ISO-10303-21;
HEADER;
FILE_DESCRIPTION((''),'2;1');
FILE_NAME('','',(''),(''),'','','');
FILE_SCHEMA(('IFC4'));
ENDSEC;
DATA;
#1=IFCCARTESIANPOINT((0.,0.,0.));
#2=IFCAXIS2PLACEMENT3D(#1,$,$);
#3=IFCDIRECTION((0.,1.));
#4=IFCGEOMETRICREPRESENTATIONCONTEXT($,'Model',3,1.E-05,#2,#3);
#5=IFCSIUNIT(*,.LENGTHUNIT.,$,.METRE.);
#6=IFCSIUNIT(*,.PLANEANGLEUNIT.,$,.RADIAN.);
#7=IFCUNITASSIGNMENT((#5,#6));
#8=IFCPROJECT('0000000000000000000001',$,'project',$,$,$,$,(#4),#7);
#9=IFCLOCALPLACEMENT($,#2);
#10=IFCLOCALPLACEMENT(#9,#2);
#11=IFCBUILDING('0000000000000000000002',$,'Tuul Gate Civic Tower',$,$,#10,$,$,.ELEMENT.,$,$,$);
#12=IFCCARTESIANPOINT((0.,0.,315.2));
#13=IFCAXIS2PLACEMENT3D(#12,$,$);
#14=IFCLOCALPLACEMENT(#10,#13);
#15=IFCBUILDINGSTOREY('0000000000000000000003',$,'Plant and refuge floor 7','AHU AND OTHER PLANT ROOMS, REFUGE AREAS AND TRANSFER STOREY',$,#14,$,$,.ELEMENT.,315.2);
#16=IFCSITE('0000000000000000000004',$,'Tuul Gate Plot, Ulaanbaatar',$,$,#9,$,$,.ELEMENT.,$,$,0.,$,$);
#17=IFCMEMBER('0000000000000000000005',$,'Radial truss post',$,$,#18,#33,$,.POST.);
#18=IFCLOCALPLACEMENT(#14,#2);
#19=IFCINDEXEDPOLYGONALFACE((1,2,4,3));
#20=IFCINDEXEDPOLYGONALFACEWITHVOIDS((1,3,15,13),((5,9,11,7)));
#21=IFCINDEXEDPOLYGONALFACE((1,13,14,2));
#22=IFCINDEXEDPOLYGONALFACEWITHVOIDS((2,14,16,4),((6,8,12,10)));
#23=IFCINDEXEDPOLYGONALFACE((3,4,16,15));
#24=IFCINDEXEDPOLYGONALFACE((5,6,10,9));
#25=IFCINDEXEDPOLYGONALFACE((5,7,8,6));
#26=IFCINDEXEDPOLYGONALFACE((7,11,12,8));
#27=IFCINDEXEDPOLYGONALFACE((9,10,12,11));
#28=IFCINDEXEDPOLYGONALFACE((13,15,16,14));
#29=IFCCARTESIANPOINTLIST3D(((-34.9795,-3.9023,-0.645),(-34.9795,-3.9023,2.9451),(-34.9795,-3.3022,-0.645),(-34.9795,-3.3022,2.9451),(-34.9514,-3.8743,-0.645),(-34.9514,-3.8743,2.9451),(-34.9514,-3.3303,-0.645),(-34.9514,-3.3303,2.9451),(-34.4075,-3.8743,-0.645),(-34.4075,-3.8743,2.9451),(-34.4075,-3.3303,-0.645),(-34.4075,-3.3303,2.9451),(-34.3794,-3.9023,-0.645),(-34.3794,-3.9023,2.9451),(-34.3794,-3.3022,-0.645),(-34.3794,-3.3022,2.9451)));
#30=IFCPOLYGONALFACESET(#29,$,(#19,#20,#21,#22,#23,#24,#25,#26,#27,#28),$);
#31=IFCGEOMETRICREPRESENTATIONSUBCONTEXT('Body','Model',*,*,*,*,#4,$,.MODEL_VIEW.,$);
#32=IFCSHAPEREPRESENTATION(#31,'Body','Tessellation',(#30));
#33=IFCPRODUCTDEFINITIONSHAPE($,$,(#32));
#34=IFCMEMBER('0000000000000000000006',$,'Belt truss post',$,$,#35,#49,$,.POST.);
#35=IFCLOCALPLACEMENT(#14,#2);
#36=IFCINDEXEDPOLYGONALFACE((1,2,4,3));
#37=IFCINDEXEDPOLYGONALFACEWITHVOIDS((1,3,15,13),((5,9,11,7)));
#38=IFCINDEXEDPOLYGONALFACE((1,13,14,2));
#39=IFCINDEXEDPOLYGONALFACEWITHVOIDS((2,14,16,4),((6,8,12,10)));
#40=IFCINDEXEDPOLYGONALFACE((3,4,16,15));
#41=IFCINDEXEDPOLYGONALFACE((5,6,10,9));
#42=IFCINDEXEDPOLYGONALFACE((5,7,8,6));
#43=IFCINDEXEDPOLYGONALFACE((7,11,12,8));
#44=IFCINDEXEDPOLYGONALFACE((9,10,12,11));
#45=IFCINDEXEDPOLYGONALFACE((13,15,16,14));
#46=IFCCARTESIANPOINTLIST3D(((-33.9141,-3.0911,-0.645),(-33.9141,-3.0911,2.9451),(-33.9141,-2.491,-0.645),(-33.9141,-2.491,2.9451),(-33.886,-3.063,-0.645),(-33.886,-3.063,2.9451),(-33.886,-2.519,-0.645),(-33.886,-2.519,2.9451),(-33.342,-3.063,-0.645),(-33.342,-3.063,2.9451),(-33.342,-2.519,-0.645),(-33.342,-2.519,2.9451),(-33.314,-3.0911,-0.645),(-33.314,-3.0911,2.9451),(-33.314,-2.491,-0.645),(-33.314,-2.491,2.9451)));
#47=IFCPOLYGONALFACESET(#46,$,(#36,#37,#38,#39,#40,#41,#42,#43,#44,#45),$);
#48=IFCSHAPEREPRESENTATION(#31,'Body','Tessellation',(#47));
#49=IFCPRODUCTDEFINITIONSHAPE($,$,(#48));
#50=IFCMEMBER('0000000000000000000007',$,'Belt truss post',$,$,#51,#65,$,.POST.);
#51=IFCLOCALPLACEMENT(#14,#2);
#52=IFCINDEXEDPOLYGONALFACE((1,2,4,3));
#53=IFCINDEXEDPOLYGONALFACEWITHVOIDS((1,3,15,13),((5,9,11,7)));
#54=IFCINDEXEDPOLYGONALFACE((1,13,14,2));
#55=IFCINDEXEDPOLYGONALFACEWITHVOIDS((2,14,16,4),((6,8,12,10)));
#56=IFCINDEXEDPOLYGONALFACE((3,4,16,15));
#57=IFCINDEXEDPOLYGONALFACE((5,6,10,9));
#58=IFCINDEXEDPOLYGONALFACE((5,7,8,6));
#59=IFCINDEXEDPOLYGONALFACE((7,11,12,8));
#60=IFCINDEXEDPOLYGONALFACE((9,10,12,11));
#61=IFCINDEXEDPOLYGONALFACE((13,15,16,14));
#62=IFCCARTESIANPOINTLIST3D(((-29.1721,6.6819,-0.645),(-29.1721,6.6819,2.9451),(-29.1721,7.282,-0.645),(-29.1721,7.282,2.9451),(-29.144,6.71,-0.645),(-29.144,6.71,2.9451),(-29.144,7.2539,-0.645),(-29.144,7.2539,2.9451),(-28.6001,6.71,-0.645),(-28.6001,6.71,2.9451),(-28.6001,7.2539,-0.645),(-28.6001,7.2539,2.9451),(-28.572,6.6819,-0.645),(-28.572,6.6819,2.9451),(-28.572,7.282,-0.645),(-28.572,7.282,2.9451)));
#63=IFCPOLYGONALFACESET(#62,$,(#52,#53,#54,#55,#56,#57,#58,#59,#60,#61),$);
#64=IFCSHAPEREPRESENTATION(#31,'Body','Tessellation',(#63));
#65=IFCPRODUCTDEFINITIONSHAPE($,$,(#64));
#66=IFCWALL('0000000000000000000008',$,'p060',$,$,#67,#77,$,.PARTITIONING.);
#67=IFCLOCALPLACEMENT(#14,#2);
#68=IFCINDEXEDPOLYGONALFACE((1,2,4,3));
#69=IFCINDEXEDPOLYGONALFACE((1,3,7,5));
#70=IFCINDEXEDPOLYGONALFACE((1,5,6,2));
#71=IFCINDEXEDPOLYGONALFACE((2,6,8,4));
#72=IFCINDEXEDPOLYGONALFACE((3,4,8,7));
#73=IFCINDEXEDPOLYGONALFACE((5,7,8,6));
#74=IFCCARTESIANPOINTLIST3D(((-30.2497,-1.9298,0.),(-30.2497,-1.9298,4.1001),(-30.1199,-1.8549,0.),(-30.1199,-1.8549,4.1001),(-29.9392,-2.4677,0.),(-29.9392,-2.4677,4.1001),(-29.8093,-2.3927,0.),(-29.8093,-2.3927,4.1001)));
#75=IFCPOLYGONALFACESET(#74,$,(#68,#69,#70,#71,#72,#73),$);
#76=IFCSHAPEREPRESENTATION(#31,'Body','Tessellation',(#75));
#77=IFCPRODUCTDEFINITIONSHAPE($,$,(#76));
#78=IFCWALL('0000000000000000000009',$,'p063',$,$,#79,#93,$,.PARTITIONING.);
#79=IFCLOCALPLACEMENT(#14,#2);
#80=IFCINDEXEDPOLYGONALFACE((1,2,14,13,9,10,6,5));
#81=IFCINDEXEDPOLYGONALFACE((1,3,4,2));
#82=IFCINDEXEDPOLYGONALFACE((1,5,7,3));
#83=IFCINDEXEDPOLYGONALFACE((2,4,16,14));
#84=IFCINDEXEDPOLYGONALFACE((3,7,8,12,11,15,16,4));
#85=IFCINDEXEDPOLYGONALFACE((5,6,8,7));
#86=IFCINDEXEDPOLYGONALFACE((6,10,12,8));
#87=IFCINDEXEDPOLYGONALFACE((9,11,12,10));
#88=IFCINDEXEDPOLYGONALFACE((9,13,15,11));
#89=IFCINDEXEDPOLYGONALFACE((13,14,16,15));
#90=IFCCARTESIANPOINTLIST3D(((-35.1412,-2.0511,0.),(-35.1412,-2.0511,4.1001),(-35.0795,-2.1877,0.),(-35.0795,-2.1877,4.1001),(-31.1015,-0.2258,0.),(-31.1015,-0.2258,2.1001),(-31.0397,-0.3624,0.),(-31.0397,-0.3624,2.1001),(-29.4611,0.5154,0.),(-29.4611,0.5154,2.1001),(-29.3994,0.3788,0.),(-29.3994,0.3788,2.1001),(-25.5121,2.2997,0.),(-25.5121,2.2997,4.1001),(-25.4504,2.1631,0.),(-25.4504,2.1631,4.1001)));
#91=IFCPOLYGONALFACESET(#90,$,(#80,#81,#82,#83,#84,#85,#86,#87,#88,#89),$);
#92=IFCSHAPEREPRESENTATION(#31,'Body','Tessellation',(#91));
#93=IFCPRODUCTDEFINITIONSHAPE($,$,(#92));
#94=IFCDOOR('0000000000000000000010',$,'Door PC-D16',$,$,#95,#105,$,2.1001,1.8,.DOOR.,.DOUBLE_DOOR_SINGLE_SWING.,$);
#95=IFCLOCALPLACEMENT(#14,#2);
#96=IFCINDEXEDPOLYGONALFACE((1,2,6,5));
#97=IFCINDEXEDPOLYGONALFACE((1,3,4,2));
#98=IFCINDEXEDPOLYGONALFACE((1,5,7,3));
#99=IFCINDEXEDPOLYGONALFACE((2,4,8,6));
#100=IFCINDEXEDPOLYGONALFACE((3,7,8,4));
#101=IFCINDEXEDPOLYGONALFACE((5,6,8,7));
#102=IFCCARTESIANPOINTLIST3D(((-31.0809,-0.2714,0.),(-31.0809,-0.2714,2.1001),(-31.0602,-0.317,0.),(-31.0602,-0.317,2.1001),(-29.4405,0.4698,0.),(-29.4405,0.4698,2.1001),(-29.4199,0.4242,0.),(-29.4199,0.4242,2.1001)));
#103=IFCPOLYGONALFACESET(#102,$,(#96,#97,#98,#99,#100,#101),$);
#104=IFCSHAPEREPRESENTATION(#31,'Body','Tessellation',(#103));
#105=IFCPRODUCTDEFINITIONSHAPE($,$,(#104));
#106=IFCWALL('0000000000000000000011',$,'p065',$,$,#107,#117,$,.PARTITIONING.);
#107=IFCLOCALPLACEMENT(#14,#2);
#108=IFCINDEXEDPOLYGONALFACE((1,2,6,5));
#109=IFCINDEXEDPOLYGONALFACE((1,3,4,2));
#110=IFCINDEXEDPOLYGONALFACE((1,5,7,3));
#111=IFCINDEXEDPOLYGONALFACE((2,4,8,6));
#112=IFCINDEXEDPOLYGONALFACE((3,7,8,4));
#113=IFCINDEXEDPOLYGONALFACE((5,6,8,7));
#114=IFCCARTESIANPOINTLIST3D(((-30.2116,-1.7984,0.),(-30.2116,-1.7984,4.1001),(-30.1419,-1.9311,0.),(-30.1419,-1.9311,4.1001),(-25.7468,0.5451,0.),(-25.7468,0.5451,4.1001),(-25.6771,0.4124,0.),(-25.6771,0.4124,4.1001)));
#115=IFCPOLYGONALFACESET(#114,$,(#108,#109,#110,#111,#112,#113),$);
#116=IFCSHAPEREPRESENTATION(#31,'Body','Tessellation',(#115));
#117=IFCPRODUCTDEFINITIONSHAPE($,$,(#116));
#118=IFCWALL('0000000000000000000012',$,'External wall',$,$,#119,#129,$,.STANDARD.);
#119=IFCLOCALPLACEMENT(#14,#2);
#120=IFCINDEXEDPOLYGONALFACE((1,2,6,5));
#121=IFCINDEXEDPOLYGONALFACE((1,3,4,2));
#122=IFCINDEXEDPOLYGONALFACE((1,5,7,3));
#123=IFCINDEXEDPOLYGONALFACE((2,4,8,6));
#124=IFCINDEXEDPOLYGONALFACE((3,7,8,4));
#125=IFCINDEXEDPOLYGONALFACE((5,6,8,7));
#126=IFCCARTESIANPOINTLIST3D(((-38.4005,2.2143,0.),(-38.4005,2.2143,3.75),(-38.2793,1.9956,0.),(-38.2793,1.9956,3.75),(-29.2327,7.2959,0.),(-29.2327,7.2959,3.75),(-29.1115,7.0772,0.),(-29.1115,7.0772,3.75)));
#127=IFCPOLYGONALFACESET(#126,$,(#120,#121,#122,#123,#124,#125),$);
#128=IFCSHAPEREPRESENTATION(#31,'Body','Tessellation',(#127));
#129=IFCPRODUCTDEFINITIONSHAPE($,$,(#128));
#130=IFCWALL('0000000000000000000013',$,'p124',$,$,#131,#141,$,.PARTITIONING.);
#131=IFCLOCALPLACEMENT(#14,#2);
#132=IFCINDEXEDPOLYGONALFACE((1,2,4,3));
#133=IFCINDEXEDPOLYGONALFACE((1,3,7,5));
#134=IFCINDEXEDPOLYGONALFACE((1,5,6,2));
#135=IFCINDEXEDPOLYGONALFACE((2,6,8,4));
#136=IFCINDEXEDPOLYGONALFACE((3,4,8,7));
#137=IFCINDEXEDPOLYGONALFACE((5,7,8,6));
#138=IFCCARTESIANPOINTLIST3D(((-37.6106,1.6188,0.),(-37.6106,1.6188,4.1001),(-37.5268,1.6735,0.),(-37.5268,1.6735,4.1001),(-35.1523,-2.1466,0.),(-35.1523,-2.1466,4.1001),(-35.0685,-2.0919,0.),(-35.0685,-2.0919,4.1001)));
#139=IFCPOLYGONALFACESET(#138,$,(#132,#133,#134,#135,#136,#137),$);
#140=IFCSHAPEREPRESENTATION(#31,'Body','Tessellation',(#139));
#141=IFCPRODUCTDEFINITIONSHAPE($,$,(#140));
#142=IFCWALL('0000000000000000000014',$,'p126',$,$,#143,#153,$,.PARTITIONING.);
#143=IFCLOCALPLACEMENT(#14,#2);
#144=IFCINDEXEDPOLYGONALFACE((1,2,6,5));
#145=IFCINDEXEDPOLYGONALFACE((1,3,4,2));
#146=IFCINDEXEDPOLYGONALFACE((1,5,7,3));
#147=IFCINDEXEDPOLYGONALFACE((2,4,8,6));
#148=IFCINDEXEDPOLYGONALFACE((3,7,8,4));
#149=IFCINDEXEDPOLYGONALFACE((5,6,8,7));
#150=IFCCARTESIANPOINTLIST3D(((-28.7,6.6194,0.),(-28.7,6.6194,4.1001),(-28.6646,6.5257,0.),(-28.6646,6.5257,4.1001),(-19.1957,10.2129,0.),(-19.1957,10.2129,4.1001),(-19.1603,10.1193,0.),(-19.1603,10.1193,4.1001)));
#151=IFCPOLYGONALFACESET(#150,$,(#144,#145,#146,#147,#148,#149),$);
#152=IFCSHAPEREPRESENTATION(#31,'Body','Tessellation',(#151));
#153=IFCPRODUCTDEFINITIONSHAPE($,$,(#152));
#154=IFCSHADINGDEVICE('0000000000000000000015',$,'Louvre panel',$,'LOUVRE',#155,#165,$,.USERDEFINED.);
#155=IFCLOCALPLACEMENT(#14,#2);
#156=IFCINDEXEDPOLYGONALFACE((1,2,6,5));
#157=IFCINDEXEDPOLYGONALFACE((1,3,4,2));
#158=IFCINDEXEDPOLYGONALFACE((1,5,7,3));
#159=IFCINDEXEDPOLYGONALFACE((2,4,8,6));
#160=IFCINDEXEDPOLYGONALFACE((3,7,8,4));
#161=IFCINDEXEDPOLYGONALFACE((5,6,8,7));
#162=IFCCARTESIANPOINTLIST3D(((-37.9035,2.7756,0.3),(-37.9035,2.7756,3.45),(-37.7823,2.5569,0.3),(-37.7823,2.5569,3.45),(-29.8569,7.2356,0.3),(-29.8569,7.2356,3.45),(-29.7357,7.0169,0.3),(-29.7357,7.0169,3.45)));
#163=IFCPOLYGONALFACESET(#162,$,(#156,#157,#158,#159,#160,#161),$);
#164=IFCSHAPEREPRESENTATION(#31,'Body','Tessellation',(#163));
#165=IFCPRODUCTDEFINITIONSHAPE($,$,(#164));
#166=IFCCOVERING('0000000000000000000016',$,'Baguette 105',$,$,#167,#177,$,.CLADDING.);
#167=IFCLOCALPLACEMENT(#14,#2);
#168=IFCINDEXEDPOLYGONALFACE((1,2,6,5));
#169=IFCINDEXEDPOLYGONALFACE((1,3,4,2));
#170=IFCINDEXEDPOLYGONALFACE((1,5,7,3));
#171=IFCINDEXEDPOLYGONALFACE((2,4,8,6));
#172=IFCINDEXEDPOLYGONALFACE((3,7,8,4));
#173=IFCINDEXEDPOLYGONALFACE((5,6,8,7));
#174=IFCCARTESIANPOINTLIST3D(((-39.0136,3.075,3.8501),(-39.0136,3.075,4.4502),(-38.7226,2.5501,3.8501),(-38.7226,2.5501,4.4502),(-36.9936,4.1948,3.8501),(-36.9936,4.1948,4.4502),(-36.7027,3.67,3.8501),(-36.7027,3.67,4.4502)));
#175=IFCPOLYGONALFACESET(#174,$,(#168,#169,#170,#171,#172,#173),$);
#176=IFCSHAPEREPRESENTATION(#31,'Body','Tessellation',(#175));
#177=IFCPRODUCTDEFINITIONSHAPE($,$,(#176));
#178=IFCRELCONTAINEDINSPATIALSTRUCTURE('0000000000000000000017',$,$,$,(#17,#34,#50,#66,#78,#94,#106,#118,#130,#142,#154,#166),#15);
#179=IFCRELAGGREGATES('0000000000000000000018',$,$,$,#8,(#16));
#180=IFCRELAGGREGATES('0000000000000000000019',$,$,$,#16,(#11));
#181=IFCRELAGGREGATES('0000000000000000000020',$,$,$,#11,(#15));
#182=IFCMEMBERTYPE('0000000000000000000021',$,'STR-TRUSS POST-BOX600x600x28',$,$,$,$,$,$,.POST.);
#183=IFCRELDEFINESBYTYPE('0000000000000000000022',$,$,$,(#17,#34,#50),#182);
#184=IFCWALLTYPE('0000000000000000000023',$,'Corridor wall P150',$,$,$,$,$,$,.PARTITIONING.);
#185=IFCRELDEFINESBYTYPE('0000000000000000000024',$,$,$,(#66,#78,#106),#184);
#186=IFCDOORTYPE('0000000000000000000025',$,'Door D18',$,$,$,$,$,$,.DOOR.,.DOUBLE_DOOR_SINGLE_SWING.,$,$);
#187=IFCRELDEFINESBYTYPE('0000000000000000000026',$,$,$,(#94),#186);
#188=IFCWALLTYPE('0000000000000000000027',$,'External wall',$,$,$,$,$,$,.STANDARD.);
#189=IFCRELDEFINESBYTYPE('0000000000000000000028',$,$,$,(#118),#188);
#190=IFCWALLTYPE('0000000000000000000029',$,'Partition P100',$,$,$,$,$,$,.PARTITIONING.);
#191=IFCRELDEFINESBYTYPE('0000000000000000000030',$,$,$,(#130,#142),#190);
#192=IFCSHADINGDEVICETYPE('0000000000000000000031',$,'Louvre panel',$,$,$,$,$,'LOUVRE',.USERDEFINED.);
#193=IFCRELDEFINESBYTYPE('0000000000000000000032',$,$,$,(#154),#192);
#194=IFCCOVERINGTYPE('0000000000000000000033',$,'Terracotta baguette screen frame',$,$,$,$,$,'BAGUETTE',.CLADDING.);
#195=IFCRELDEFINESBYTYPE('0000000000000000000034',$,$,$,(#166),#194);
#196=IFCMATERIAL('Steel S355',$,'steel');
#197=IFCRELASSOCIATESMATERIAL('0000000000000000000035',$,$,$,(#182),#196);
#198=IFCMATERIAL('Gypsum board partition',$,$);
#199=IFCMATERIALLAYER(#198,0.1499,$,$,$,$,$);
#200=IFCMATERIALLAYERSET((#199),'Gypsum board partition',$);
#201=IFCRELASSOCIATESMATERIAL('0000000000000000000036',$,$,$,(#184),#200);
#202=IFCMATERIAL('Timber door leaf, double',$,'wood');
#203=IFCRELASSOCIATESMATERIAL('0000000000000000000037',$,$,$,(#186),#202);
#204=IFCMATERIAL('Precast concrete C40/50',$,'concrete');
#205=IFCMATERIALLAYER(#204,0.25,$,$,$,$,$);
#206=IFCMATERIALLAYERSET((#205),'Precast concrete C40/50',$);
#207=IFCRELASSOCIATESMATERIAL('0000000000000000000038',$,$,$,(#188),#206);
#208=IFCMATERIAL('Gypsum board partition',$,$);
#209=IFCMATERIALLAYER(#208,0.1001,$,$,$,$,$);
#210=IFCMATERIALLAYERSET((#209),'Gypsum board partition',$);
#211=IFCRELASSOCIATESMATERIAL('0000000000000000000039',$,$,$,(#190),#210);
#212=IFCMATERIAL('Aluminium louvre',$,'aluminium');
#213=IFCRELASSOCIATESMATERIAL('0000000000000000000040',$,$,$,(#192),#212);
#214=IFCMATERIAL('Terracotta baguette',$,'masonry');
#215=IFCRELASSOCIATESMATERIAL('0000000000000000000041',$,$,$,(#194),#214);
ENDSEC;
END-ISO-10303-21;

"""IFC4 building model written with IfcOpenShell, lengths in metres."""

from ifc_helpers import new_model, si_unit, direction, frame, frame_2d, origin, origin_2d, place, context, subcontext, project, spatial, rectangle, hollow_rectangle, extrude, material, layer, layer_set, material_profile, profile_set, type_object, element, fill, save


model = new_model("IFC4")

# Units and contexts
model_context = context("Model", 3, precision=1e-05, world=origin(), true_north=direction((0.0, 1.0)))
body_context = subcontext(model_context, "Body", "Model", "MODEL_VIEW")
ifc_project = project(units=[si_unit("LENGTHUNIT", "METRE"), si_unit("PLANEANGLEUNIT", "RADIAN")], contexts=[model_context])

# Site, building, storey
site_placement = place(None, origin())
site = spatial("IfcSite", under=ifc_project, at=site_placement, Name="Tuul Gate Plot, Ulaanbaatar", CompositionType="ELEMENT", RefElevation=0.0)
building_placement = place(site_placement, origin())
building = spatial("IfcBuilding", under=site, at=building_placement, Name="Tuul Gate Civic Tower", CompositionType="ELEMENT")
storey_placement = place(building_placement, frame((0.0, 0.0, 315.2)))
storey = spatial("IfcBuildingStorey", under=building, at=storey_placement, Name="Plant and refuge floor 7", Description="AHU AND OTHER PLANT ROOMS, REFUGE AREAS AND TRANSFER STOREY", CompositionType="ELEMENT", Elevation=315.2)

# Members
ifc_material_1 = material(Name="Steel S355", Category="steel")
ifc_material_profile_1 = material_profile(ifc_material_1, hollow_rectangle(XDim=0.6001, YDim=0.6001, WallThickness=0.0281, at=origin_2d()), Name="BOX600x600x28")
ifc_profile_set_1 = profile_set([ifc_material_profile_1], Name="Steel S355")
member_type_1 = type_object("IfcMemberType", Name="STR-TRUSS POST-BOX600x600x28", PredefinedType="POST", material=ifc_profile_set_1)
for number, where, z_axis, x_axis, name in (
    (1, (-34.6794, -3.6023, -0.645), (0.0, 0.0, 1.0), (1.0, 0.0, 0.0), "Radial truss post"),
    (2, (-33.614, -2.791, -0.645), (0.0, 0.0, 1.0), (1.0, 0.0, 0.0), "Belt truss post"),
    (3, (-28.8721, 6.9819, -0.645), (0.0, 0.0, 1.0), (1.0, 0.0, 0.0), "Belt truss post"),
):
    element("IfcMember", number, at=place(storey_placement, frame(where, z_axis=z_axis, x_axis=x_axis)), inside=storey, type_object=member_type_1, Name=name, PredefinedType="POST", context=body_context, shape_type="SweptSolid", body=[
        extrude(hollow_rectangle(XDim=0.6001, YDim=0.6001, WallThickness=0.0281, at=origin_2d()), origin(), (0.0, 0.0, 1.0), 3.5901),
    ])

# Wall
ifc_material_2 = material(Name="Gypsum board partition")
ifc_layer_1 = layer(ifc_material_2, 0.1499)
ifc_layer_set_1 = layer_set([ifc_layer_1], Name="Gypsum board partition")
wall_type_1 = type_object("IfcWallType", Name="Corridor wall P150", PredefinedType="PARTITIONING", material=ifc_layer_set_1)
wall_1_placement = place(storey_placement, frame((-30.1848, -1.8923, 0.0), z_axis=(0.0, 0.0, 1.0), x_axis=(0.500029, -0.866009, 0.0)))
element("IfcWall", 4, at=wall_1_placement, inside=storey, type_object=wall_type_1, Name="p060", PredefinedType="PARTITIONING", context=body_context, shape_type="SweptSolid", body=[
    extrude(rectangle(XDim=0.6211, YDim=0.1499, at=frame_2d((0.3105, 0.0))), origin(), (0.0, 0.0, 1.0), 4.1001),
])

# Wall, opening, door
wall_2_placement = place(storey_placement, frame((-35.1104, -2.1194, 0.0), z_axis=(0.0, 0.0, 1.0), x_axis=(0.911293, 0.411758, 0.0)))
wall_2 = element("IfcWall", 5, at=wall_2_placement, inside=storey, type_object=wall_type_1, Name="p063", PredefinedType="PARTITIONING", context=body_context, shape_type="SweptSolid", body=[
    extrude(rectangle(XDim=10.5664, YDim=0.1499, at=frame_2d((5.2832, 0.0))), origin(), (0.0, 0.0, 1.0), 4.1001),
])
opening_placement = place(wall_2_placement, frame((4.4331, 0.0, 0.0)))
opening = element("IfcOpeningElement", 6, at=opening_placement, cuts=wall_2, PredefinedType="OPENING", context=body_context, shape_type="SweptSolid", body=[
    extrude(rectangle(XDim=1.8, YDim=2.1001, at=frame_2d((0.8999, 1.05))), frame((0.0, 0.085, 0.0), z_axis=(0.0, -1.0, 0.0), x_axis=(1.0, 0.0, 0.0)), (0.0, 0.0, 1.0), 0.1699),
])
ifc_material_3 = material(Name="Timber door leaf, double", Category="wood")
door_type = type_object("IfcDoorType", Name="Door D18", OperationType="DOUBLE_DOOR_SINGLE_SWING", PredefinedType="DOOR", material=ifc_material_3)
door_placement = place(opening_placement, origin())
door = element("IfcDoor", 7, at=door_placement, inside=storey, type_object=door_type, Name="Door PC-D16", OperationType="DOUBLE_DOOR_SINGLE_SWING", OverallHeight=2.1001, OverallWidth=1.8, PredefinedType="DOOR", context=body_context, shape_type="SweptSolid", body=[
    extrude(rectangle(XDim=1.8, YDim=2.1001, at=frame_2d((0.8999, 1.05))), frame((0.0, 0.0249, 0.0), z_axis=(0.0, -1.0, 0.0), x_axis=(1.0, 0.0, 0.0)), (0.0, 0.0, 1.0), 0.05),
])
fill(opening, door)

# Walls
wall_3_placement = place(storey_placement, frame((-30.1768, -1.8647, 0.0), z_axis=(0.0, 0.0, 1.0), x_axis=(0.885442, 0.46475, 0.0)))
element("IfcWall", 8, at=wall_3_placement, inside=storey, type_object=wall_type_1, Name="p065", PredefinedType="PARTITIONING", context=body_context, shape_type="SweptSolid", body=[
    extrude(rectangle(XDim=5.0425, YDim=0.1499, at=frame_2d((2.5212, 0.0))), origin(), (0.0, 0.0, 1.0), 4.1001),
])
ifc_material_4 = material(Name="Precast concrete C40/50", Category="concrete")
ifc_layer_2 = layer(ifc_material_4, 0.25)
ifc_layer_set_2 = layer_set([ifc_layer_2], Name="Precast concrete C40/50")
wall_type_2 = type_object("IfcWallType", Name="External wall", PredefinedType="STANDARD", material=ifc_layer_set_2)
wall_4_placement = place(storey_placement, frame((-29.1721, 7.1865, 0.0), z_axis=(0.0, 0.0, 1.0), x_axis=(-0.874628, -0.484794, 0.0)))
element("IfcWall", 9, at=wall_4_placement, inside=storey, type_object=wall_type_2, Name="External wall", PredefinedType="STANDARD", context=body_context, shape_type="SweptSolid", body=[
    extrude(rectangle(XDim=10.4819, YDim=0.25, at=frame_2d((5.241, 0.0))), origin(), (0.0, 0.0, 1.0), 3.75),
])
ifc_material_5 = material(Name="Gypsum board partition")
ifc_layer_3 = layer(ifc_material_5, 0.1001)
ifc_layer_set_3 = layer_set([ifc_layer_3], Name="Gypsum board partition")
wall_type_3 = type_object("IfcWallType", Name="Partition P100", PredefinedType="PARTITIONING", material=ifc_layer_set_3)
wall_5_placement = place(storey_placement, frame((-35.1104, -2.1194, 0.0), z_axis=(0.0, 0.0, 1.0), x_axis=(-0.546669, 0.837349, 0.0)))
element("IfcWall", 10, at=wall_5_placement, inside=storey, type_object=wall_type_3, Name="p124", PredefinedType="PARTITIONING", context=body_context, shape_type="SweptSolid", body=[
    extrude(rectangle(XDim=4.4968, YDim=0.1001, at=frame_2d((2.2485, 0.0))), origin(), (0.0, 0.0, 1.0), 4.1001),
])
wall_6_placement = place(storey_placement, frame((-28.6824, 6.5725, 0.0), z_axis=(0.0, 0.0, 1.0), x_axis=(0.935373, 0.353663, 0.0)))
element("IfcWall", 11, at=wall_6_placement, inside=storey, type_object=wall_type_3, Name="p126", PredefinedType="PARTITIONING", context=body_context, shape_type="SweptSolid", body=[
    extrude(rectangle(XDim=10.1609, YDim=0.1001, at=frame_2d((5.0806, 0.0))), origin(), (0.0, 0.0, 1.0), 4.1001),
])

# Shading device
ifc_material_6 = material(Name="Aluminium louvre", Category="aluminium")
shading_device_type = type_object("IfcShadingDeviceType", Name="Louvre panel", ElementType="LOUVRE", PredefinedType="USERDEFINED", material=ifc_material_6)
shading_device_placement = place(storey_placement, frame((-33.8196, 4.8962, 0.3), z_axis=(0.0, 0.0, 1.0), x_axis=(-0.484789, 0.874631, 0.0)))
element("IfcShadingDevice", 12, at=shading_device_placement, inside=storey, type_object=shading_device_type, Name="Louvre panel", ObjectType="LOUVRE", PredefinedType="USERDEFINED", context=body_context, shape_type="SweptSolid", body=[
    extrude(rectangle(XDim=0.25, YDim=9.2, at=origin_2d()), origin(), (0.0, 0.0, 1.0), 3.1499),
])

# Covering
ifc_material_7 = material(Name="Terracotta baguette", Category="masonry")
ifc_material_profile_2 = material_profile(ifc_material_7, rectangle(XDim=0.6001, YDim=0.6001, at=origin_2d()), Name="Terracotta baguette screen frame")
ifc_profile_set_2 = profile_set([ifc_material_profile_2], Name="Terracotta baguette")
covering_type = type_object("IfcCoveringType", Name="Terracotta baguette screen frame", ElementType="BAGUETTE", PredefinedType="CLADDING", material=ifc_profile_set_2)
covering_1_placement = place(storey_placement, frame((-36.8481, 3.9324, 4.1501), z_axis=(-0.874591, -0.484862, 0.0), x_axis=(0.484862, -0.874591, 0.0)))
element("IfcCovering", 13, at=covering_1_placement, inside=storey, type_object=covering_type, Name="Baguette 105", PredefinedType="CLADDING", context=body_context, shape_type="SweptSolid", body=[
    extrude(rectangle(XDim=0.6001, YDim=0.6001, at=origin_2d()), origin(), (0.0, 0.0, 1.0), 2.3096),
])

save(model, "model.ifc")
